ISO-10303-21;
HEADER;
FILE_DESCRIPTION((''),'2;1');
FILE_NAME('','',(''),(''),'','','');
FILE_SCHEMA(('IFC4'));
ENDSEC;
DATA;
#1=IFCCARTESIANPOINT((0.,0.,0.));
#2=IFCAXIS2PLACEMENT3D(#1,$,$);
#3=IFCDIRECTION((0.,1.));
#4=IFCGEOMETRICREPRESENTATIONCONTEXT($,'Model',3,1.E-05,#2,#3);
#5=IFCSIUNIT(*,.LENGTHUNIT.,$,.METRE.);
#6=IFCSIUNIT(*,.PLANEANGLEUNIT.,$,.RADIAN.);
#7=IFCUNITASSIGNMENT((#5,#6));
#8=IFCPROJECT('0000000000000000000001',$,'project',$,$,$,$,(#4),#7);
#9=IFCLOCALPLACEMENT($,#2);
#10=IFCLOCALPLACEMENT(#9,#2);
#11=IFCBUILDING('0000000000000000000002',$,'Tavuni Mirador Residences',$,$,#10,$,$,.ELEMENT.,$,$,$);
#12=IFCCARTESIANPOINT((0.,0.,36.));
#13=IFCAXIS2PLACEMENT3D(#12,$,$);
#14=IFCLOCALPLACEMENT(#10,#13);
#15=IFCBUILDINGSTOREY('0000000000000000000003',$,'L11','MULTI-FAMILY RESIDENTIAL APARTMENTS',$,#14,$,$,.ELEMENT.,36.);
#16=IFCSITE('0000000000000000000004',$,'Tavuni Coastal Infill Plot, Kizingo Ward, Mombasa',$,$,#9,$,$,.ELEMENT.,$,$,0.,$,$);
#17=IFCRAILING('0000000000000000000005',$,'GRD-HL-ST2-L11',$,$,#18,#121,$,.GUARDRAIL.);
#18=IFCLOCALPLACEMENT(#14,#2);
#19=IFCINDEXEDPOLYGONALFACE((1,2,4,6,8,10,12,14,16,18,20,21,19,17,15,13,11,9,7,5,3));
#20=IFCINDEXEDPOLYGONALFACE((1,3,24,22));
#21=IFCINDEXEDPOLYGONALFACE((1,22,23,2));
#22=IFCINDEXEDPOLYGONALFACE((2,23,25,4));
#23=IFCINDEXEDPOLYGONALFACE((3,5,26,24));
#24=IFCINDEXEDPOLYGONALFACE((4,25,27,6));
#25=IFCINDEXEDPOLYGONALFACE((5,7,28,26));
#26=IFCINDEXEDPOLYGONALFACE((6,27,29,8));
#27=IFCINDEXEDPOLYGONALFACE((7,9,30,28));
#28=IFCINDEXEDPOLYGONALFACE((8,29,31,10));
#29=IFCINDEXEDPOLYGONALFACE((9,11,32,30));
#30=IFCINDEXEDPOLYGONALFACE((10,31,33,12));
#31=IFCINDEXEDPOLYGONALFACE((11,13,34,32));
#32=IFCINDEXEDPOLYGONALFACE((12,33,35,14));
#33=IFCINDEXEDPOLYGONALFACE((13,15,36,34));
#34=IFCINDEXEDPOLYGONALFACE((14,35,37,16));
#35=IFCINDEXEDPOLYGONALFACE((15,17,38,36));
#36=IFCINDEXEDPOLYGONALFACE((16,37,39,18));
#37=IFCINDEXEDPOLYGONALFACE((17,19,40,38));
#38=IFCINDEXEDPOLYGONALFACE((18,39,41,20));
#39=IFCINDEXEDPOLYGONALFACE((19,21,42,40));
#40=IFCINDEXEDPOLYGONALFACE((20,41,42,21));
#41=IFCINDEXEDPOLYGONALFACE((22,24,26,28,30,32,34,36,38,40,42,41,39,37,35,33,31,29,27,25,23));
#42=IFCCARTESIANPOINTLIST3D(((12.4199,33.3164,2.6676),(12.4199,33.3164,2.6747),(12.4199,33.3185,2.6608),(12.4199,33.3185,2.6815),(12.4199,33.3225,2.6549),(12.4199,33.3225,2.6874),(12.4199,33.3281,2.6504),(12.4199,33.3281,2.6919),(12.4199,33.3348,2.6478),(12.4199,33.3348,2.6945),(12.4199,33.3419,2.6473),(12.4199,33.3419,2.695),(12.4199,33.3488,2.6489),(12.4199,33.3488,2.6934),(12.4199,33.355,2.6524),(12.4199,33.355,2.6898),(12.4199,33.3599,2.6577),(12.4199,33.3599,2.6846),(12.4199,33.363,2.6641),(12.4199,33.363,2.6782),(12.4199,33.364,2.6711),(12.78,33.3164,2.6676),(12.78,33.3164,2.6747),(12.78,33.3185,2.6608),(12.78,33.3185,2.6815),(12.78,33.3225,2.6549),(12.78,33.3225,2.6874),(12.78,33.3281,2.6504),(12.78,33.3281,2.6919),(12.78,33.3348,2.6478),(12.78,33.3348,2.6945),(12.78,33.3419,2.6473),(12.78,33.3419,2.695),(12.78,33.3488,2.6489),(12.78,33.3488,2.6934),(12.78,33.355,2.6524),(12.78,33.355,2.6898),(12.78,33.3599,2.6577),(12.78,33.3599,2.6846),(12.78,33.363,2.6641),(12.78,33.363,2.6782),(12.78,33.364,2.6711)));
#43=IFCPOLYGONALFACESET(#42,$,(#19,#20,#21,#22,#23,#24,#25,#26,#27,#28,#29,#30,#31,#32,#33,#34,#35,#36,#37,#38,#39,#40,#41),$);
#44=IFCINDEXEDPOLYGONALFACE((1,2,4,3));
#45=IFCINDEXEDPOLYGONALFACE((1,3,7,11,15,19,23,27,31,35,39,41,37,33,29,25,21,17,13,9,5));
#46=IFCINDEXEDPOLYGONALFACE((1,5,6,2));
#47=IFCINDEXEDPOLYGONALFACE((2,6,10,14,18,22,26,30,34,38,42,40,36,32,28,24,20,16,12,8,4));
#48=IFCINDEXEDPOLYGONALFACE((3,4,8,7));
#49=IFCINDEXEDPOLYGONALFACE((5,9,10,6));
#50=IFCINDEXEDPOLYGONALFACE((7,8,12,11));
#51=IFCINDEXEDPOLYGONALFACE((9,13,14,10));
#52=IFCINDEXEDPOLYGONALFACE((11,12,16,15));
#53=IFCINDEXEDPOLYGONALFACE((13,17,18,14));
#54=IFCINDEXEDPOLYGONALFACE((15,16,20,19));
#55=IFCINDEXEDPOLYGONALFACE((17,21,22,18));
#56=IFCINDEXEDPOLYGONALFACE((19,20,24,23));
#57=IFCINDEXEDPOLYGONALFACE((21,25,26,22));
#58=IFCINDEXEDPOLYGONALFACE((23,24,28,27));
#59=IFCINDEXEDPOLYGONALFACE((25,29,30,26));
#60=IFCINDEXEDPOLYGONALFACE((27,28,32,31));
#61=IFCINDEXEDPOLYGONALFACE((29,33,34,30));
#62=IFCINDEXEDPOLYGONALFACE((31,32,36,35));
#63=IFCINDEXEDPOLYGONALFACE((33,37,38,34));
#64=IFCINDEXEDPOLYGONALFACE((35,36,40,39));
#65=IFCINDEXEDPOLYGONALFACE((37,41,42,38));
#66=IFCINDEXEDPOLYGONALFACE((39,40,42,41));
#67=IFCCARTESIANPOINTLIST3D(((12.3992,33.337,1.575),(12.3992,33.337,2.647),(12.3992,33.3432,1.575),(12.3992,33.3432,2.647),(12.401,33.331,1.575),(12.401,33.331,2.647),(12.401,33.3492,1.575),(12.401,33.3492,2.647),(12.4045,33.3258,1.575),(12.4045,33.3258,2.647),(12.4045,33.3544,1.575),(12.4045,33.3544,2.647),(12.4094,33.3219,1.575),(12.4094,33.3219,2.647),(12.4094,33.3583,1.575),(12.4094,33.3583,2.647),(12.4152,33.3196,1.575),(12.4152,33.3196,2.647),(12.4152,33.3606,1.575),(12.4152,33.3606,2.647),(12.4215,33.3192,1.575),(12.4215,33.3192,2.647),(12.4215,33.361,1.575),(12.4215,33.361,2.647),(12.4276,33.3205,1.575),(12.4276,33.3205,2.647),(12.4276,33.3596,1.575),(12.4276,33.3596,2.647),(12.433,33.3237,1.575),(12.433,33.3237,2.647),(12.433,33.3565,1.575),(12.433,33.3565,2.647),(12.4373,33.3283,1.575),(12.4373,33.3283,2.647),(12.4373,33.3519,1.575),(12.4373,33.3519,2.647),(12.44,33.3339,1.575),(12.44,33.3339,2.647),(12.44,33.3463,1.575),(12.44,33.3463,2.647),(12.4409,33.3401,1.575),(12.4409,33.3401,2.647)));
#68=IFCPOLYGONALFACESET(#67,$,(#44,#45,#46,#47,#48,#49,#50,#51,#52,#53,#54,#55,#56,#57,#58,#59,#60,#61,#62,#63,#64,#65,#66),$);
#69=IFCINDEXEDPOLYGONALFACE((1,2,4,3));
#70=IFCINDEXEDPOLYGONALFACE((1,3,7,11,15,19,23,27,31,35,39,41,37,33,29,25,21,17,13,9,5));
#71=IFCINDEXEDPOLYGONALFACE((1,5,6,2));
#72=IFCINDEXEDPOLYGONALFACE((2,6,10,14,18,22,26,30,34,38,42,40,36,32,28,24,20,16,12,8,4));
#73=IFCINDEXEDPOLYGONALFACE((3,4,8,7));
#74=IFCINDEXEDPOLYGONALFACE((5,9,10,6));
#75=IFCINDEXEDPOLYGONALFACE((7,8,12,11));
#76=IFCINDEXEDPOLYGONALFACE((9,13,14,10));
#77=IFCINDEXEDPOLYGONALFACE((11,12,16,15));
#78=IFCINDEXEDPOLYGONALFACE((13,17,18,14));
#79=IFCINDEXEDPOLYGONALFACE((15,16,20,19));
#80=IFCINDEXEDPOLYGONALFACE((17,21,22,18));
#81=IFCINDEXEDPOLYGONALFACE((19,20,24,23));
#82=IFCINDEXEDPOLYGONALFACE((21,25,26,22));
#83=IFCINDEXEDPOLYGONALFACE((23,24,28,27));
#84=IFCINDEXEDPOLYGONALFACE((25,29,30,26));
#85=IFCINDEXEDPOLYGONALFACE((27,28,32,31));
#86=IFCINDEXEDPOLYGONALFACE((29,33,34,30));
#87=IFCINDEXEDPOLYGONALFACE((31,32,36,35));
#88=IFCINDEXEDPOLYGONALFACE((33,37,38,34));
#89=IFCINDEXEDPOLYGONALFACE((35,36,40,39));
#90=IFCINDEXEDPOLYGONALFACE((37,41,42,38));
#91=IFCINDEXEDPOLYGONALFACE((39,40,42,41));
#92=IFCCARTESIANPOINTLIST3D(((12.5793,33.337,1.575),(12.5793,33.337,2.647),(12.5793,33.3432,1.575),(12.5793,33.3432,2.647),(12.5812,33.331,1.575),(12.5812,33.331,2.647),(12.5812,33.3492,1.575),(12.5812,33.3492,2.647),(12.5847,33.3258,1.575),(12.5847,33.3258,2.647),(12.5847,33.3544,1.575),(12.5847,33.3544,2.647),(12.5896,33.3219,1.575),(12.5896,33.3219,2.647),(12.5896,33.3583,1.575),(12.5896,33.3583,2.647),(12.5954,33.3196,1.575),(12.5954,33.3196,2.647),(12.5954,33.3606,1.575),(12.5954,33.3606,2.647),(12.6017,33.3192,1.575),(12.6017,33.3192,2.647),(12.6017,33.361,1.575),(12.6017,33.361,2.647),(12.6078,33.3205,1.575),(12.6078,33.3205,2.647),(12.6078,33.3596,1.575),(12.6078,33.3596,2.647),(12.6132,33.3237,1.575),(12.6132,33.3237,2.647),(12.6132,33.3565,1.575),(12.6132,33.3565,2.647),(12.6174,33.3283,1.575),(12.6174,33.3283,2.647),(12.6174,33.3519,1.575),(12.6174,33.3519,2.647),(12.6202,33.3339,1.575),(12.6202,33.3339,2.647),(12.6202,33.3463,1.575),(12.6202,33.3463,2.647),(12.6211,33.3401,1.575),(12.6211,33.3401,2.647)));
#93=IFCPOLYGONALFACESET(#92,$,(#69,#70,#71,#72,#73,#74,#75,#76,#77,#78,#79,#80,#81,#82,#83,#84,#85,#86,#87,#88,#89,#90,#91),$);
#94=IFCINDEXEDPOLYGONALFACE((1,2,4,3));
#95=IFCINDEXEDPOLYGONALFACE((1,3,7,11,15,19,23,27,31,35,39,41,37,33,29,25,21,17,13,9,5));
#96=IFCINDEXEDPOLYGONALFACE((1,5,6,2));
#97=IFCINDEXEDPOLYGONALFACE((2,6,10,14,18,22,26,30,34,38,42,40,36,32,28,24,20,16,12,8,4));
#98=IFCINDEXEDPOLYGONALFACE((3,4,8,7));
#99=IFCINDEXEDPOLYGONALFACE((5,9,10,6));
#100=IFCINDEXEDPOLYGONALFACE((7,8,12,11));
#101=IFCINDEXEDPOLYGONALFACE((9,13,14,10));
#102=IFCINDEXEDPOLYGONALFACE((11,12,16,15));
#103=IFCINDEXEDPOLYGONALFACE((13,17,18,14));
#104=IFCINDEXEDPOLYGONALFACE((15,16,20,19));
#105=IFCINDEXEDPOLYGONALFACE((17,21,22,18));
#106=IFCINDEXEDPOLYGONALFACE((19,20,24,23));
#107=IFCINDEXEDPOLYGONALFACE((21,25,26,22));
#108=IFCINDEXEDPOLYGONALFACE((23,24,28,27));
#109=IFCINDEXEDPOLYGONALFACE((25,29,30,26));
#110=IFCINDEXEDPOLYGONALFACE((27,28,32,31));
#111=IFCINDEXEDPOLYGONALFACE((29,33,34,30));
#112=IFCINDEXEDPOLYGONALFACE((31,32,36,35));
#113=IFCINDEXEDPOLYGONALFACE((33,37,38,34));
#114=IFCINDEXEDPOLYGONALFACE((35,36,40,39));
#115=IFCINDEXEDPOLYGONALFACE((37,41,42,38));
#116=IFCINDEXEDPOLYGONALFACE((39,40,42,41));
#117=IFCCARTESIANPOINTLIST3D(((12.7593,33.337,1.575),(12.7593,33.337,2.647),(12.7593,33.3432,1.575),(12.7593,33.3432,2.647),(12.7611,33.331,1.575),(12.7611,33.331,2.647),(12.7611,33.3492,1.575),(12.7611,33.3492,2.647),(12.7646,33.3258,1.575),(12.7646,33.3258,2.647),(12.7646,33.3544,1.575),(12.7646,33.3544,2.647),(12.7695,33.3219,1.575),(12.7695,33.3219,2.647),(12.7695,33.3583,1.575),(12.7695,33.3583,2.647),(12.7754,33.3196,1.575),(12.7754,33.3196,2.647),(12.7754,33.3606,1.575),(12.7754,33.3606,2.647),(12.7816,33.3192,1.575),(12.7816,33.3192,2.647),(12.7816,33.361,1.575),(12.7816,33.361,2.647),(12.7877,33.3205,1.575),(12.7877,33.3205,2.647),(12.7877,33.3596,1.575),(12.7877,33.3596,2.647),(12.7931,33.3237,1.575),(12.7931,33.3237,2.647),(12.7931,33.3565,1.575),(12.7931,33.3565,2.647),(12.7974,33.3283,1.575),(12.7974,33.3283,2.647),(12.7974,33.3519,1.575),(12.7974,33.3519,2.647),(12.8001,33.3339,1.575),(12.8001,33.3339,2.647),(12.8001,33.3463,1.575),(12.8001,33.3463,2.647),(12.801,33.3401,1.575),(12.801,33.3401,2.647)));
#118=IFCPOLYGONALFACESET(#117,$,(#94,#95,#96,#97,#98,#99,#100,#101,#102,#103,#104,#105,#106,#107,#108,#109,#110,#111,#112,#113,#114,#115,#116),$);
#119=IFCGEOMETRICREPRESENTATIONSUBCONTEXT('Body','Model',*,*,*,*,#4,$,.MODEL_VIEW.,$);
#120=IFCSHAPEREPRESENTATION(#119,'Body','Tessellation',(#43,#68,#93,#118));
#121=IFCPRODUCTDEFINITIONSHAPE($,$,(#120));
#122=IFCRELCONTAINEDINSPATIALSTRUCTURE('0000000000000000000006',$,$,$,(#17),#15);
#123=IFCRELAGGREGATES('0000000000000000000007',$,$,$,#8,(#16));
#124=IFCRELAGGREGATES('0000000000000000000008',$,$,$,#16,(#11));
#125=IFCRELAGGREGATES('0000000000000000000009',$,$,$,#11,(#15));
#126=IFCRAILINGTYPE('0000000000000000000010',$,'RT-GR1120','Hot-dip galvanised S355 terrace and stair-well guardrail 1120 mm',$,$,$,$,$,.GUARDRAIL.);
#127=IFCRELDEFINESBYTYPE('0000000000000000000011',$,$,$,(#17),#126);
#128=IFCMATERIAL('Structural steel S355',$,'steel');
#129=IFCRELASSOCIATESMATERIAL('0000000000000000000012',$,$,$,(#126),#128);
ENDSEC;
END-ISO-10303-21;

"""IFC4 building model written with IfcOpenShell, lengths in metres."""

from ifc_helpers import new_model, si_unit, direction, frame, origin, origin_2d, place, context, subcontext, project, spatial, circle, extrude, material, type_object, element, save


model = new_model("IFC4")

# Units and contexts
model_context = context("Model", 3, precision=1e-05, world=origin(), true_north=direction((0.0, 1.0)))
body_context = subcontext(model_context, "Body", "Model", "MODEL_VIEW")
ifc_project = project(units=[si_unit("LENGTHUNIT", "METRE"), si_unit("PLANEANGLEUNIT", "RADIAN")], contexts=[model_context])

# Site, building, storey
site_placement = place(None, origin())
site = spatial("IfcSite", under=ifc_project, at=site_placement, Name="Tavuni Coastal Infill Plot, Kizingo Ward, Mombasa", CompositionType="ELEMENT", RefElevation=0.0)
building_placement = place(site_placement, origin())
building = spatial("IfcBuilding", under=site, at=building_placement, Name="Tavuni Mirador Residences", CompositionType="ELEMENT")
storey_placement = place(building_placement, frame((0.0, 0.0, 36.0)))
storey = spatial("IfcBuildingStorey", under=building, at=storey_placement, Name="L11", Description="MULTI-FAMILY RESIDENTIAL APARTMENTS", CompositionType="ELEMENT", Elevation=36.0)

# Shared definitions
ifc_material_1 = material(Name="Structural steel S355", Category="steel")

# Railing
railing_type = type_object("IfcRailingType", Name="RT-GR1120", Description="Hot-dip galvanised S355 terrace and stair-well guardrail 1120 mm", PredefinedType="GUARDRAIL", material=ifc_material_1)
railing_placement = place(storey_placement, frame((12.4199, 33.3401, 1.575)))
element("IfcRailing", 1, at=railing_placement, inside=storey, type_object=railing_type, Name="GRD-HL-ST2-L11", PredefinedType="GUARDRAIL", context=body_context, shape_type="SweptSolid", body=[
    extrude(circle(Radius=0.0239, at=origin_2d()), frame((0.0, 0.0, 1.0962), z_axis=(1.0, 0.0, 0.0), x_axis=(0.0, 1.0, 0.0)), (0.0, 0.0, 1.0), 0.3601),
    extrude(circle(Radius=0.021, at=origin_2d()), origin(), (0.0, 0.0, 1.0), 1.072),
    extrude(circle(Radius=0.021, at=origin_2d()), frame((0.1802, 0.0, 0.0)), (0.0, 0.0, 1.0), 1.072),
    extrude(circle(Radius=0.021, at=origin_2d()), frame((0.3601, 0.0, 0.0)), (0.0, 0.0, 1.0), 1.072),
])

save(model, "model.ifc")
